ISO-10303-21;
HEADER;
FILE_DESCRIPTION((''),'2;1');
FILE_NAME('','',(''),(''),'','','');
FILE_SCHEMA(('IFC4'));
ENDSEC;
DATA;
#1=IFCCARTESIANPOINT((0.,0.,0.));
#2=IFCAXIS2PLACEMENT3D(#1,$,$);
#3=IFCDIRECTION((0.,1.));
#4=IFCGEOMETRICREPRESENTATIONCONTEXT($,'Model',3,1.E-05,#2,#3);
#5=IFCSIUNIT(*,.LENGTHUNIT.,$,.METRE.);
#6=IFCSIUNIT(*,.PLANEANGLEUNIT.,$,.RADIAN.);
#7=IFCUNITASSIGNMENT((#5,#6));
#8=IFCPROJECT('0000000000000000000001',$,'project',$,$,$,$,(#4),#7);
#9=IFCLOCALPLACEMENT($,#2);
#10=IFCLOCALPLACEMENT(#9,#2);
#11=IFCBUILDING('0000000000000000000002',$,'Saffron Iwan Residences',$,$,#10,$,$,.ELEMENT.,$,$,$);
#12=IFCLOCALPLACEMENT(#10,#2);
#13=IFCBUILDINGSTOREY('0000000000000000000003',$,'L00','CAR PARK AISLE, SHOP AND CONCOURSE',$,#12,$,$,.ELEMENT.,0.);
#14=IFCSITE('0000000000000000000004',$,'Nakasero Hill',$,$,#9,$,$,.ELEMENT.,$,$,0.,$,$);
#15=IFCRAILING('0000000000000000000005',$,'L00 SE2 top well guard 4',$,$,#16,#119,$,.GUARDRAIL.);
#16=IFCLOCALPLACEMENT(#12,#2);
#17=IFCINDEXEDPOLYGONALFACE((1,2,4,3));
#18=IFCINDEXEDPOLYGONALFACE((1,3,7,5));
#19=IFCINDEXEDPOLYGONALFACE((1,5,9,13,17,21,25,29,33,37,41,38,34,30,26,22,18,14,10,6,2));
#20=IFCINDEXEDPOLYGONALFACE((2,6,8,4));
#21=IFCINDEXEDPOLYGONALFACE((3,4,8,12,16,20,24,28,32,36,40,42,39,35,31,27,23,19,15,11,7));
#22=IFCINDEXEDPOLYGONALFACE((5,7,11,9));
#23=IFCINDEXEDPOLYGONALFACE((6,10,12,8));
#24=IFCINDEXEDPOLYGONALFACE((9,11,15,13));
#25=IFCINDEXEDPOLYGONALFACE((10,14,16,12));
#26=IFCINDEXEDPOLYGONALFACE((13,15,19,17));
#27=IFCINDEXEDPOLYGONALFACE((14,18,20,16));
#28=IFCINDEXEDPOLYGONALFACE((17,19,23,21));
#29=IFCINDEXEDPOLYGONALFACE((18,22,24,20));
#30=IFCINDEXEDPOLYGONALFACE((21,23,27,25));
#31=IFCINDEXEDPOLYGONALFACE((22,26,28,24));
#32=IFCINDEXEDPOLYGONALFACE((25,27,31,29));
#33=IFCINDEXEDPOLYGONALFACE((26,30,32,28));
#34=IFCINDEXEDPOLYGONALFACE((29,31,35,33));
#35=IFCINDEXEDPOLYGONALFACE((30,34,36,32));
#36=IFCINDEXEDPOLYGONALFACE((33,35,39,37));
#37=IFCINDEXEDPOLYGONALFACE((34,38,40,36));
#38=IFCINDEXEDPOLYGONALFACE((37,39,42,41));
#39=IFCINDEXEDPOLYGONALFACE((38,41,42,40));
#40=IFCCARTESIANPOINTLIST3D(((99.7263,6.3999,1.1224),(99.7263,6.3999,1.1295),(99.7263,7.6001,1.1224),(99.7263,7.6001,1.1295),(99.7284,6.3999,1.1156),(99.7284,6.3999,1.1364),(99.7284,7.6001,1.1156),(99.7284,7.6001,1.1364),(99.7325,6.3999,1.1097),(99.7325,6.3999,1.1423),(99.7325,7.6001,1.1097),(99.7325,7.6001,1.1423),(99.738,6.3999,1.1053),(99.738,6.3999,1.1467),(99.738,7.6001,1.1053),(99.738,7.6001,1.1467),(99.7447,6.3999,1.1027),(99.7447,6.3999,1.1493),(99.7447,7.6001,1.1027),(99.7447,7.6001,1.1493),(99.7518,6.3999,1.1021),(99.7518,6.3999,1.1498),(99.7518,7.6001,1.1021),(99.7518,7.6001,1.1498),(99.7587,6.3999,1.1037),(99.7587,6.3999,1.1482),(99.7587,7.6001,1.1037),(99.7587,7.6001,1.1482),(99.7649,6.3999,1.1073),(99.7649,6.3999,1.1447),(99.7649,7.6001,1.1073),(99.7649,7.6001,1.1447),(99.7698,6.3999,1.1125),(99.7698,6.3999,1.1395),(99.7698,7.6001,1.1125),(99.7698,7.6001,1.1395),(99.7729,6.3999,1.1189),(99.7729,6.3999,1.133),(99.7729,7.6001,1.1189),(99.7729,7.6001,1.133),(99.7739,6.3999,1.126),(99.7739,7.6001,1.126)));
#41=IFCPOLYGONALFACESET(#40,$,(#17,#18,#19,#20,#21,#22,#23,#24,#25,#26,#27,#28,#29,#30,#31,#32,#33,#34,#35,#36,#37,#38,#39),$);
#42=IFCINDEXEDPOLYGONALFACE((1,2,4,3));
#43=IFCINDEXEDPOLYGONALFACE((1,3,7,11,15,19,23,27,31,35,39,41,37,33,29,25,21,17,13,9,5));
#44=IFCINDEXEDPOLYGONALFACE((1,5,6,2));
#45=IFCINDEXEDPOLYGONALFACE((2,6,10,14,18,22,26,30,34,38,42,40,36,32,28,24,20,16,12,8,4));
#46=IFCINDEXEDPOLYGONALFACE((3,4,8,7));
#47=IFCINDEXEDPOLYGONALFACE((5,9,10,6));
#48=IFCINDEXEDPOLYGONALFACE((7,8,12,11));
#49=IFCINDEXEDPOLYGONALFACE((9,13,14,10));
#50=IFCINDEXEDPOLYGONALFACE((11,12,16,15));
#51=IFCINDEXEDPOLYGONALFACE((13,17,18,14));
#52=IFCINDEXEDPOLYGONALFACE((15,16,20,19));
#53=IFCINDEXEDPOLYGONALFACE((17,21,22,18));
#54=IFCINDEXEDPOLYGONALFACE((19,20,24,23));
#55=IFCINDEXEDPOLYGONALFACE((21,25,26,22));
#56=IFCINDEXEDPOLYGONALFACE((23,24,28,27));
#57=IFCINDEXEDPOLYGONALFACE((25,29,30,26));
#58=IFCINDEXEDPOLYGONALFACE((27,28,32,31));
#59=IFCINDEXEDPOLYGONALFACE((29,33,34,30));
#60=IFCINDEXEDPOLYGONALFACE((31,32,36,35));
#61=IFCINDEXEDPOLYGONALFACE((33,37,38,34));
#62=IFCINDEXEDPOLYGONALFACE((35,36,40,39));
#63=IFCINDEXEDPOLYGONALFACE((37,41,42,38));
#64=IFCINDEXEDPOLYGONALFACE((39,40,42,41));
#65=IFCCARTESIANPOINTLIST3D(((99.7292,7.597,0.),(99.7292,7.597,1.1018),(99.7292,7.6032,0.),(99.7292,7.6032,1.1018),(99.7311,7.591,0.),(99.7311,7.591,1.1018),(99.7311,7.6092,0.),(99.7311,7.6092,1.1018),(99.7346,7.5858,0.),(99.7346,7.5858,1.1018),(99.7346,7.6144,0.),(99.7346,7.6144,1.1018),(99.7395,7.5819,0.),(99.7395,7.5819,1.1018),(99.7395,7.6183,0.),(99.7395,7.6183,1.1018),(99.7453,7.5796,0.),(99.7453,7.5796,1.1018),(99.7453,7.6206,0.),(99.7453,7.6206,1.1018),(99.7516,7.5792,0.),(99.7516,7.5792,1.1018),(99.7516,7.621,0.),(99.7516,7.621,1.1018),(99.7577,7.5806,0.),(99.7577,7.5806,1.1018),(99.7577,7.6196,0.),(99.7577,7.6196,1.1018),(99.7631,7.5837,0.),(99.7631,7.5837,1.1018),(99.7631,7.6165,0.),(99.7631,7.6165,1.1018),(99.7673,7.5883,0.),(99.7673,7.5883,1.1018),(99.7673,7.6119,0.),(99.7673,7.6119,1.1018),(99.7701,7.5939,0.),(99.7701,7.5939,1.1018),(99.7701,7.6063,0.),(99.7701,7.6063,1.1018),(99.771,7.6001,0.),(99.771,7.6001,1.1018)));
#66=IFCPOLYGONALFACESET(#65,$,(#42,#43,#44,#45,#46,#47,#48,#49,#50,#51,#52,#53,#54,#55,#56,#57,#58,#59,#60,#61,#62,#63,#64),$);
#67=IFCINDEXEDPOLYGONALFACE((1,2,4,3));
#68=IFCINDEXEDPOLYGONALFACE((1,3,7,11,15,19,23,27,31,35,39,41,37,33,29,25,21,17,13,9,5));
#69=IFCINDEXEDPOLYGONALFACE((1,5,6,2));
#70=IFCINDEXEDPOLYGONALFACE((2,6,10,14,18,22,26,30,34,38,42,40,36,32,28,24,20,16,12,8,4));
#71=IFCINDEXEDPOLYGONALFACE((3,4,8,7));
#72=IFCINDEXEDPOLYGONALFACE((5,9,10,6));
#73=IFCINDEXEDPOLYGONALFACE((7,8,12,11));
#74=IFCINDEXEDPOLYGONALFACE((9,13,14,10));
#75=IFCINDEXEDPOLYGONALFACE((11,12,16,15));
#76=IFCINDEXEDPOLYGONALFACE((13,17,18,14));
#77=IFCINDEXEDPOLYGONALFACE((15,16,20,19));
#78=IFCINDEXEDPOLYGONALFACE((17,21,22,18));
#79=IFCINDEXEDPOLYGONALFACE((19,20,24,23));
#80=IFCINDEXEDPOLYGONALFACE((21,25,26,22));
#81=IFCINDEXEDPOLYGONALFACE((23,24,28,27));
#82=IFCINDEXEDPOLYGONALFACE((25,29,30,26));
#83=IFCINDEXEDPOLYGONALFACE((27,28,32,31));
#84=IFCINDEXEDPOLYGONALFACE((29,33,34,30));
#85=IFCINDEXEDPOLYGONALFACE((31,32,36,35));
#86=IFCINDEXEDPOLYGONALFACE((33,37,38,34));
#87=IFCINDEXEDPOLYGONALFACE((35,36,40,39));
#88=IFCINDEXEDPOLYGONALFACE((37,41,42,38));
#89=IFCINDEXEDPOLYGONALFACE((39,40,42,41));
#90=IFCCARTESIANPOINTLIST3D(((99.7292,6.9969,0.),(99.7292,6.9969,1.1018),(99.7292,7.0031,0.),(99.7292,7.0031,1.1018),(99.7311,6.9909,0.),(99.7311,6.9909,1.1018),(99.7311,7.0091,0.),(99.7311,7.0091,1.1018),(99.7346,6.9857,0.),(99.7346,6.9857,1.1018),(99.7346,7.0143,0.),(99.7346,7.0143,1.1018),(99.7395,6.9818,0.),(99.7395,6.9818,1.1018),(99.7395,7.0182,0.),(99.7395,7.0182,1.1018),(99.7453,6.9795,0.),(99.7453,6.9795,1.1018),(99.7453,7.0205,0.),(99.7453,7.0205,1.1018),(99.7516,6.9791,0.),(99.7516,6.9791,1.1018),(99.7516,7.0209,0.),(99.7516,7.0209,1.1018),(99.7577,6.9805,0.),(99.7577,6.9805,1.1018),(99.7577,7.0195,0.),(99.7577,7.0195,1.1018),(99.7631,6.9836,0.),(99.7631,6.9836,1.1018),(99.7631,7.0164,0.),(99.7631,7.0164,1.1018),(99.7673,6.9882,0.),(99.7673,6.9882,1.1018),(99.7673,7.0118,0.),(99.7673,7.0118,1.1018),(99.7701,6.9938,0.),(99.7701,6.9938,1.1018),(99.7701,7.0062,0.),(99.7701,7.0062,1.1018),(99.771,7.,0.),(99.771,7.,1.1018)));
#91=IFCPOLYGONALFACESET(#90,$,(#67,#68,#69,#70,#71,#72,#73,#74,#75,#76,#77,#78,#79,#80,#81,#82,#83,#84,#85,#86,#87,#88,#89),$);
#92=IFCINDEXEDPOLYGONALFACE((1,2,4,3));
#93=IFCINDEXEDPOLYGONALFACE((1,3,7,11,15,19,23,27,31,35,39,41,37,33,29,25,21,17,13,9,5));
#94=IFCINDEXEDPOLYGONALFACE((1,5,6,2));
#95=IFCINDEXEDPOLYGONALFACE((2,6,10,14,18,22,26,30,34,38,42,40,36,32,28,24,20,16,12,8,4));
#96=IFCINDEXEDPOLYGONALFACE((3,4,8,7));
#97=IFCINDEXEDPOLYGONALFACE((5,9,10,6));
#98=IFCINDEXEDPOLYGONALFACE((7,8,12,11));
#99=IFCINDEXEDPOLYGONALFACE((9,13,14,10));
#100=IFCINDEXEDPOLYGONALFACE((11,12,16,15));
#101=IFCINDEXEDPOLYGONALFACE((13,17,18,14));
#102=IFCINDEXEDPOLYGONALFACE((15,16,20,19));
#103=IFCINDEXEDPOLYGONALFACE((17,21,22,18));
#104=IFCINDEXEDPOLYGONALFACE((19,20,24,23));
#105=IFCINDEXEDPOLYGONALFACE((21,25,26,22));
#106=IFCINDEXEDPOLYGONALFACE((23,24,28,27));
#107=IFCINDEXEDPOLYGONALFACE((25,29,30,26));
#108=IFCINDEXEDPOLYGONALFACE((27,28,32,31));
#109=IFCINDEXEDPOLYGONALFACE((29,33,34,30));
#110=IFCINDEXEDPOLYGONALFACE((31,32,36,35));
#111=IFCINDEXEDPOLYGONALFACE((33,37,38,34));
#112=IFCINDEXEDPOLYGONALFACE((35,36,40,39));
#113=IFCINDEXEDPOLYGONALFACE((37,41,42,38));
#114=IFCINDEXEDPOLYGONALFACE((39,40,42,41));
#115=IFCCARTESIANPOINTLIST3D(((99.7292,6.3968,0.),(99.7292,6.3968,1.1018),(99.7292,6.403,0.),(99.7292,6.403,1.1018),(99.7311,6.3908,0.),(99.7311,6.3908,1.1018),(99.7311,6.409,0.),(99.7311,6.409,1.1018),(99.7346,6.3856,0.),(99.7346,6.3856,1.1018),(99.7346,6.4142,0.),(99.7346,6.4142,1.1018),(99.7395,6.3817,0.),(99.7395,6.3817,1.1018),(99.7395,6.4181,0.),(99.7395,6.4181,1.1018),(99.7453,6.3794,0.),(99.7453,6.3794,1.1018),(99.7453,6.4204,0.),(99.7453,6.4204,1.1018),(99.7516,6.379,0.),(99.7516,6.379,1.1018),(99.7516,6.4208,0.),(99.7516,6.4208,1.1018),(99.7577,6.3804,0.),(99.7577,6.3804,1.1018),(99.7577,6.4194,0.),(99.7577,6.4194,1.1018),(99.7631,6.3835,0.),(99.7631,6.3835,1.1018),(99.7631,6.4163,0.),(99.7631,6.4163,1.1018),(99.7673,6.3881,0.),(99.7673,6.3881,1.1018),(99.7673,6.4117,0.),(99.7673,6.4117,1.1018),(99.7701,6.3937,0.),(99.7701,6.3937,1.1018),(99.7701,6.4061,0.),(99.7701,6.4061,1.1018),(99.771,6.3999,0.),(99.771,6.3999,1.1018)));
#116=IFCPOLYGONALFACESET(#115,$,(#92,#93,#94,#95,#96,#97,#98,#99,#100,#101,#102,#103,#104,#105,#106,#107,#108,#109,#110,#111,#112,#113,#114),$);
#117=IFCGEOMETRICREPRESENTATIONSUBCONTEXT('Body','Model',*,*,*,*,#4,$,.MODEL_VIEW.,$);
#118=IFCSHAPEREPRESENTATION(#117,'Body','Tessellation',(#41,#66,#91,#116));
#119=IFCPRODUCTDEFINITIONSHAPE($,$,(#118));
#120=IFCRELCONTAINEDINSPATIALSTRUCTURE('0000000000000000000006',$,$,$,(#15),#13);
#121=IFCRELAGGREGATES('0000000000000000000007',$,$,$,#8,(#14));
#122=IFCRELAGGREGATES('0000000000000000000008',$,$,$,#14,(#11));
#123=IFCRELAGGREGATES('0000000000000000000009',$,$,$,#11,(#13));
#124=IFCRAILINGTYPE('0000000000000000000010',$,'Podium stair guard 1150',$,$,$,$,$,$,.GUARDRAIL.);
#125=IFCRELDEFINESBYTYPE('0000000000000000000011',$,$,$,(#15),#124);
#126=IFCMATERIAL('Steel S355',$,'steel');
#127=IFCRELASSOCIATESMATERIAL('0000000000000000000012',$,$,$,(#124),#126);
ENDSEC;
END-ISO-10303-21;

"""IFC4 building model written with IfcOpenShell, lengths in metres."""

from ifc_helpers import new_model, si_unit, direction, frame, origin, origin_2d, place, context, subcontext, project, spatial, circle, extrude, material, type_object, element, save


model = new_model("IFC4")

# Units and contexts
model_context = context("Model", 3, precision=1e-05, world=origin(), true_north=direction((0.0, 1.0)))
body_context = subcontext(model_context, "Body", "Model", "MODEL_VIEW")
ifc_project = project(units=[si_unit("LENGTHUNIT", "METRE"), si_unit("PLANEANGLEUNIT", "RADIAN")], contexts=[model_context])

# Site, building, storey
site_placement = place(None, origin())
site = spatial("IfcSite", under=ifc_project, at=site_placement, Name="Nakasero Hill", CompositionType="ELEMENT", RefElevation=0.0)
building_placement = place(site_placement, origin())
building = spatial("IfcBuilding", under=site, at=building_placement, Name="Saffron Iwan Residences", CompositionType="ELEMENT")
storey_placement = place(building_placement, origin())
storey = spatial("IfcBuildingStorey", under=building, at=storey_placement, Name="L00", Description="CAR PARK AISLE, SHOP AND CONCOURSE", CompositionType="ELEMENT", Elevation=0.0)

# Railing
ifc_material_1 = material(Name="Steel S355", Category="steel")
railing_type = type_object("IfcRailingType", Name="Podium stair guard 1150", PredefinedType="GUARDRAIL", material=ifc_material_1)
railing_1_placement = place(storey_placement, frame((99.75, 7.6001, 0.0)))
element("IfcRailing", 1, at=railing_1_placement, inside=storey, type_object=railing_type, Name="L00 SE2 top well guard 4", PredefinedType="GUARDRAIL", context=body_context, shape_type="SweptSolid", body=[
    extrude(circle(Radius=0.0239, at=origin_2d()), frame((0.0, 0.0, 1.126), z_axis=(0.0, -1.0, 0.0), x_axis=(1.0, 0.0, 0.0)), (0.0, 0.0, 1.0), 1.2002),
    extrude(circle(Radius=0.021, at=origin_2d()), origin(), (0.0, 0.0, 1.0), 1.1018),
    extrude(circle(Radius=0.021, at=origin_2d()), frame((0.0, -0.6001, 0.0)), (0.0, 0.0, 1.0), 1.1018),
    extrude(circle(Radius=0.021, at=origin_2d()), frame((0.0, -1.2002, 0.0)), (0.0, 0.0, 1.0), 1.1018),
])

save(model, "model.ifc")
